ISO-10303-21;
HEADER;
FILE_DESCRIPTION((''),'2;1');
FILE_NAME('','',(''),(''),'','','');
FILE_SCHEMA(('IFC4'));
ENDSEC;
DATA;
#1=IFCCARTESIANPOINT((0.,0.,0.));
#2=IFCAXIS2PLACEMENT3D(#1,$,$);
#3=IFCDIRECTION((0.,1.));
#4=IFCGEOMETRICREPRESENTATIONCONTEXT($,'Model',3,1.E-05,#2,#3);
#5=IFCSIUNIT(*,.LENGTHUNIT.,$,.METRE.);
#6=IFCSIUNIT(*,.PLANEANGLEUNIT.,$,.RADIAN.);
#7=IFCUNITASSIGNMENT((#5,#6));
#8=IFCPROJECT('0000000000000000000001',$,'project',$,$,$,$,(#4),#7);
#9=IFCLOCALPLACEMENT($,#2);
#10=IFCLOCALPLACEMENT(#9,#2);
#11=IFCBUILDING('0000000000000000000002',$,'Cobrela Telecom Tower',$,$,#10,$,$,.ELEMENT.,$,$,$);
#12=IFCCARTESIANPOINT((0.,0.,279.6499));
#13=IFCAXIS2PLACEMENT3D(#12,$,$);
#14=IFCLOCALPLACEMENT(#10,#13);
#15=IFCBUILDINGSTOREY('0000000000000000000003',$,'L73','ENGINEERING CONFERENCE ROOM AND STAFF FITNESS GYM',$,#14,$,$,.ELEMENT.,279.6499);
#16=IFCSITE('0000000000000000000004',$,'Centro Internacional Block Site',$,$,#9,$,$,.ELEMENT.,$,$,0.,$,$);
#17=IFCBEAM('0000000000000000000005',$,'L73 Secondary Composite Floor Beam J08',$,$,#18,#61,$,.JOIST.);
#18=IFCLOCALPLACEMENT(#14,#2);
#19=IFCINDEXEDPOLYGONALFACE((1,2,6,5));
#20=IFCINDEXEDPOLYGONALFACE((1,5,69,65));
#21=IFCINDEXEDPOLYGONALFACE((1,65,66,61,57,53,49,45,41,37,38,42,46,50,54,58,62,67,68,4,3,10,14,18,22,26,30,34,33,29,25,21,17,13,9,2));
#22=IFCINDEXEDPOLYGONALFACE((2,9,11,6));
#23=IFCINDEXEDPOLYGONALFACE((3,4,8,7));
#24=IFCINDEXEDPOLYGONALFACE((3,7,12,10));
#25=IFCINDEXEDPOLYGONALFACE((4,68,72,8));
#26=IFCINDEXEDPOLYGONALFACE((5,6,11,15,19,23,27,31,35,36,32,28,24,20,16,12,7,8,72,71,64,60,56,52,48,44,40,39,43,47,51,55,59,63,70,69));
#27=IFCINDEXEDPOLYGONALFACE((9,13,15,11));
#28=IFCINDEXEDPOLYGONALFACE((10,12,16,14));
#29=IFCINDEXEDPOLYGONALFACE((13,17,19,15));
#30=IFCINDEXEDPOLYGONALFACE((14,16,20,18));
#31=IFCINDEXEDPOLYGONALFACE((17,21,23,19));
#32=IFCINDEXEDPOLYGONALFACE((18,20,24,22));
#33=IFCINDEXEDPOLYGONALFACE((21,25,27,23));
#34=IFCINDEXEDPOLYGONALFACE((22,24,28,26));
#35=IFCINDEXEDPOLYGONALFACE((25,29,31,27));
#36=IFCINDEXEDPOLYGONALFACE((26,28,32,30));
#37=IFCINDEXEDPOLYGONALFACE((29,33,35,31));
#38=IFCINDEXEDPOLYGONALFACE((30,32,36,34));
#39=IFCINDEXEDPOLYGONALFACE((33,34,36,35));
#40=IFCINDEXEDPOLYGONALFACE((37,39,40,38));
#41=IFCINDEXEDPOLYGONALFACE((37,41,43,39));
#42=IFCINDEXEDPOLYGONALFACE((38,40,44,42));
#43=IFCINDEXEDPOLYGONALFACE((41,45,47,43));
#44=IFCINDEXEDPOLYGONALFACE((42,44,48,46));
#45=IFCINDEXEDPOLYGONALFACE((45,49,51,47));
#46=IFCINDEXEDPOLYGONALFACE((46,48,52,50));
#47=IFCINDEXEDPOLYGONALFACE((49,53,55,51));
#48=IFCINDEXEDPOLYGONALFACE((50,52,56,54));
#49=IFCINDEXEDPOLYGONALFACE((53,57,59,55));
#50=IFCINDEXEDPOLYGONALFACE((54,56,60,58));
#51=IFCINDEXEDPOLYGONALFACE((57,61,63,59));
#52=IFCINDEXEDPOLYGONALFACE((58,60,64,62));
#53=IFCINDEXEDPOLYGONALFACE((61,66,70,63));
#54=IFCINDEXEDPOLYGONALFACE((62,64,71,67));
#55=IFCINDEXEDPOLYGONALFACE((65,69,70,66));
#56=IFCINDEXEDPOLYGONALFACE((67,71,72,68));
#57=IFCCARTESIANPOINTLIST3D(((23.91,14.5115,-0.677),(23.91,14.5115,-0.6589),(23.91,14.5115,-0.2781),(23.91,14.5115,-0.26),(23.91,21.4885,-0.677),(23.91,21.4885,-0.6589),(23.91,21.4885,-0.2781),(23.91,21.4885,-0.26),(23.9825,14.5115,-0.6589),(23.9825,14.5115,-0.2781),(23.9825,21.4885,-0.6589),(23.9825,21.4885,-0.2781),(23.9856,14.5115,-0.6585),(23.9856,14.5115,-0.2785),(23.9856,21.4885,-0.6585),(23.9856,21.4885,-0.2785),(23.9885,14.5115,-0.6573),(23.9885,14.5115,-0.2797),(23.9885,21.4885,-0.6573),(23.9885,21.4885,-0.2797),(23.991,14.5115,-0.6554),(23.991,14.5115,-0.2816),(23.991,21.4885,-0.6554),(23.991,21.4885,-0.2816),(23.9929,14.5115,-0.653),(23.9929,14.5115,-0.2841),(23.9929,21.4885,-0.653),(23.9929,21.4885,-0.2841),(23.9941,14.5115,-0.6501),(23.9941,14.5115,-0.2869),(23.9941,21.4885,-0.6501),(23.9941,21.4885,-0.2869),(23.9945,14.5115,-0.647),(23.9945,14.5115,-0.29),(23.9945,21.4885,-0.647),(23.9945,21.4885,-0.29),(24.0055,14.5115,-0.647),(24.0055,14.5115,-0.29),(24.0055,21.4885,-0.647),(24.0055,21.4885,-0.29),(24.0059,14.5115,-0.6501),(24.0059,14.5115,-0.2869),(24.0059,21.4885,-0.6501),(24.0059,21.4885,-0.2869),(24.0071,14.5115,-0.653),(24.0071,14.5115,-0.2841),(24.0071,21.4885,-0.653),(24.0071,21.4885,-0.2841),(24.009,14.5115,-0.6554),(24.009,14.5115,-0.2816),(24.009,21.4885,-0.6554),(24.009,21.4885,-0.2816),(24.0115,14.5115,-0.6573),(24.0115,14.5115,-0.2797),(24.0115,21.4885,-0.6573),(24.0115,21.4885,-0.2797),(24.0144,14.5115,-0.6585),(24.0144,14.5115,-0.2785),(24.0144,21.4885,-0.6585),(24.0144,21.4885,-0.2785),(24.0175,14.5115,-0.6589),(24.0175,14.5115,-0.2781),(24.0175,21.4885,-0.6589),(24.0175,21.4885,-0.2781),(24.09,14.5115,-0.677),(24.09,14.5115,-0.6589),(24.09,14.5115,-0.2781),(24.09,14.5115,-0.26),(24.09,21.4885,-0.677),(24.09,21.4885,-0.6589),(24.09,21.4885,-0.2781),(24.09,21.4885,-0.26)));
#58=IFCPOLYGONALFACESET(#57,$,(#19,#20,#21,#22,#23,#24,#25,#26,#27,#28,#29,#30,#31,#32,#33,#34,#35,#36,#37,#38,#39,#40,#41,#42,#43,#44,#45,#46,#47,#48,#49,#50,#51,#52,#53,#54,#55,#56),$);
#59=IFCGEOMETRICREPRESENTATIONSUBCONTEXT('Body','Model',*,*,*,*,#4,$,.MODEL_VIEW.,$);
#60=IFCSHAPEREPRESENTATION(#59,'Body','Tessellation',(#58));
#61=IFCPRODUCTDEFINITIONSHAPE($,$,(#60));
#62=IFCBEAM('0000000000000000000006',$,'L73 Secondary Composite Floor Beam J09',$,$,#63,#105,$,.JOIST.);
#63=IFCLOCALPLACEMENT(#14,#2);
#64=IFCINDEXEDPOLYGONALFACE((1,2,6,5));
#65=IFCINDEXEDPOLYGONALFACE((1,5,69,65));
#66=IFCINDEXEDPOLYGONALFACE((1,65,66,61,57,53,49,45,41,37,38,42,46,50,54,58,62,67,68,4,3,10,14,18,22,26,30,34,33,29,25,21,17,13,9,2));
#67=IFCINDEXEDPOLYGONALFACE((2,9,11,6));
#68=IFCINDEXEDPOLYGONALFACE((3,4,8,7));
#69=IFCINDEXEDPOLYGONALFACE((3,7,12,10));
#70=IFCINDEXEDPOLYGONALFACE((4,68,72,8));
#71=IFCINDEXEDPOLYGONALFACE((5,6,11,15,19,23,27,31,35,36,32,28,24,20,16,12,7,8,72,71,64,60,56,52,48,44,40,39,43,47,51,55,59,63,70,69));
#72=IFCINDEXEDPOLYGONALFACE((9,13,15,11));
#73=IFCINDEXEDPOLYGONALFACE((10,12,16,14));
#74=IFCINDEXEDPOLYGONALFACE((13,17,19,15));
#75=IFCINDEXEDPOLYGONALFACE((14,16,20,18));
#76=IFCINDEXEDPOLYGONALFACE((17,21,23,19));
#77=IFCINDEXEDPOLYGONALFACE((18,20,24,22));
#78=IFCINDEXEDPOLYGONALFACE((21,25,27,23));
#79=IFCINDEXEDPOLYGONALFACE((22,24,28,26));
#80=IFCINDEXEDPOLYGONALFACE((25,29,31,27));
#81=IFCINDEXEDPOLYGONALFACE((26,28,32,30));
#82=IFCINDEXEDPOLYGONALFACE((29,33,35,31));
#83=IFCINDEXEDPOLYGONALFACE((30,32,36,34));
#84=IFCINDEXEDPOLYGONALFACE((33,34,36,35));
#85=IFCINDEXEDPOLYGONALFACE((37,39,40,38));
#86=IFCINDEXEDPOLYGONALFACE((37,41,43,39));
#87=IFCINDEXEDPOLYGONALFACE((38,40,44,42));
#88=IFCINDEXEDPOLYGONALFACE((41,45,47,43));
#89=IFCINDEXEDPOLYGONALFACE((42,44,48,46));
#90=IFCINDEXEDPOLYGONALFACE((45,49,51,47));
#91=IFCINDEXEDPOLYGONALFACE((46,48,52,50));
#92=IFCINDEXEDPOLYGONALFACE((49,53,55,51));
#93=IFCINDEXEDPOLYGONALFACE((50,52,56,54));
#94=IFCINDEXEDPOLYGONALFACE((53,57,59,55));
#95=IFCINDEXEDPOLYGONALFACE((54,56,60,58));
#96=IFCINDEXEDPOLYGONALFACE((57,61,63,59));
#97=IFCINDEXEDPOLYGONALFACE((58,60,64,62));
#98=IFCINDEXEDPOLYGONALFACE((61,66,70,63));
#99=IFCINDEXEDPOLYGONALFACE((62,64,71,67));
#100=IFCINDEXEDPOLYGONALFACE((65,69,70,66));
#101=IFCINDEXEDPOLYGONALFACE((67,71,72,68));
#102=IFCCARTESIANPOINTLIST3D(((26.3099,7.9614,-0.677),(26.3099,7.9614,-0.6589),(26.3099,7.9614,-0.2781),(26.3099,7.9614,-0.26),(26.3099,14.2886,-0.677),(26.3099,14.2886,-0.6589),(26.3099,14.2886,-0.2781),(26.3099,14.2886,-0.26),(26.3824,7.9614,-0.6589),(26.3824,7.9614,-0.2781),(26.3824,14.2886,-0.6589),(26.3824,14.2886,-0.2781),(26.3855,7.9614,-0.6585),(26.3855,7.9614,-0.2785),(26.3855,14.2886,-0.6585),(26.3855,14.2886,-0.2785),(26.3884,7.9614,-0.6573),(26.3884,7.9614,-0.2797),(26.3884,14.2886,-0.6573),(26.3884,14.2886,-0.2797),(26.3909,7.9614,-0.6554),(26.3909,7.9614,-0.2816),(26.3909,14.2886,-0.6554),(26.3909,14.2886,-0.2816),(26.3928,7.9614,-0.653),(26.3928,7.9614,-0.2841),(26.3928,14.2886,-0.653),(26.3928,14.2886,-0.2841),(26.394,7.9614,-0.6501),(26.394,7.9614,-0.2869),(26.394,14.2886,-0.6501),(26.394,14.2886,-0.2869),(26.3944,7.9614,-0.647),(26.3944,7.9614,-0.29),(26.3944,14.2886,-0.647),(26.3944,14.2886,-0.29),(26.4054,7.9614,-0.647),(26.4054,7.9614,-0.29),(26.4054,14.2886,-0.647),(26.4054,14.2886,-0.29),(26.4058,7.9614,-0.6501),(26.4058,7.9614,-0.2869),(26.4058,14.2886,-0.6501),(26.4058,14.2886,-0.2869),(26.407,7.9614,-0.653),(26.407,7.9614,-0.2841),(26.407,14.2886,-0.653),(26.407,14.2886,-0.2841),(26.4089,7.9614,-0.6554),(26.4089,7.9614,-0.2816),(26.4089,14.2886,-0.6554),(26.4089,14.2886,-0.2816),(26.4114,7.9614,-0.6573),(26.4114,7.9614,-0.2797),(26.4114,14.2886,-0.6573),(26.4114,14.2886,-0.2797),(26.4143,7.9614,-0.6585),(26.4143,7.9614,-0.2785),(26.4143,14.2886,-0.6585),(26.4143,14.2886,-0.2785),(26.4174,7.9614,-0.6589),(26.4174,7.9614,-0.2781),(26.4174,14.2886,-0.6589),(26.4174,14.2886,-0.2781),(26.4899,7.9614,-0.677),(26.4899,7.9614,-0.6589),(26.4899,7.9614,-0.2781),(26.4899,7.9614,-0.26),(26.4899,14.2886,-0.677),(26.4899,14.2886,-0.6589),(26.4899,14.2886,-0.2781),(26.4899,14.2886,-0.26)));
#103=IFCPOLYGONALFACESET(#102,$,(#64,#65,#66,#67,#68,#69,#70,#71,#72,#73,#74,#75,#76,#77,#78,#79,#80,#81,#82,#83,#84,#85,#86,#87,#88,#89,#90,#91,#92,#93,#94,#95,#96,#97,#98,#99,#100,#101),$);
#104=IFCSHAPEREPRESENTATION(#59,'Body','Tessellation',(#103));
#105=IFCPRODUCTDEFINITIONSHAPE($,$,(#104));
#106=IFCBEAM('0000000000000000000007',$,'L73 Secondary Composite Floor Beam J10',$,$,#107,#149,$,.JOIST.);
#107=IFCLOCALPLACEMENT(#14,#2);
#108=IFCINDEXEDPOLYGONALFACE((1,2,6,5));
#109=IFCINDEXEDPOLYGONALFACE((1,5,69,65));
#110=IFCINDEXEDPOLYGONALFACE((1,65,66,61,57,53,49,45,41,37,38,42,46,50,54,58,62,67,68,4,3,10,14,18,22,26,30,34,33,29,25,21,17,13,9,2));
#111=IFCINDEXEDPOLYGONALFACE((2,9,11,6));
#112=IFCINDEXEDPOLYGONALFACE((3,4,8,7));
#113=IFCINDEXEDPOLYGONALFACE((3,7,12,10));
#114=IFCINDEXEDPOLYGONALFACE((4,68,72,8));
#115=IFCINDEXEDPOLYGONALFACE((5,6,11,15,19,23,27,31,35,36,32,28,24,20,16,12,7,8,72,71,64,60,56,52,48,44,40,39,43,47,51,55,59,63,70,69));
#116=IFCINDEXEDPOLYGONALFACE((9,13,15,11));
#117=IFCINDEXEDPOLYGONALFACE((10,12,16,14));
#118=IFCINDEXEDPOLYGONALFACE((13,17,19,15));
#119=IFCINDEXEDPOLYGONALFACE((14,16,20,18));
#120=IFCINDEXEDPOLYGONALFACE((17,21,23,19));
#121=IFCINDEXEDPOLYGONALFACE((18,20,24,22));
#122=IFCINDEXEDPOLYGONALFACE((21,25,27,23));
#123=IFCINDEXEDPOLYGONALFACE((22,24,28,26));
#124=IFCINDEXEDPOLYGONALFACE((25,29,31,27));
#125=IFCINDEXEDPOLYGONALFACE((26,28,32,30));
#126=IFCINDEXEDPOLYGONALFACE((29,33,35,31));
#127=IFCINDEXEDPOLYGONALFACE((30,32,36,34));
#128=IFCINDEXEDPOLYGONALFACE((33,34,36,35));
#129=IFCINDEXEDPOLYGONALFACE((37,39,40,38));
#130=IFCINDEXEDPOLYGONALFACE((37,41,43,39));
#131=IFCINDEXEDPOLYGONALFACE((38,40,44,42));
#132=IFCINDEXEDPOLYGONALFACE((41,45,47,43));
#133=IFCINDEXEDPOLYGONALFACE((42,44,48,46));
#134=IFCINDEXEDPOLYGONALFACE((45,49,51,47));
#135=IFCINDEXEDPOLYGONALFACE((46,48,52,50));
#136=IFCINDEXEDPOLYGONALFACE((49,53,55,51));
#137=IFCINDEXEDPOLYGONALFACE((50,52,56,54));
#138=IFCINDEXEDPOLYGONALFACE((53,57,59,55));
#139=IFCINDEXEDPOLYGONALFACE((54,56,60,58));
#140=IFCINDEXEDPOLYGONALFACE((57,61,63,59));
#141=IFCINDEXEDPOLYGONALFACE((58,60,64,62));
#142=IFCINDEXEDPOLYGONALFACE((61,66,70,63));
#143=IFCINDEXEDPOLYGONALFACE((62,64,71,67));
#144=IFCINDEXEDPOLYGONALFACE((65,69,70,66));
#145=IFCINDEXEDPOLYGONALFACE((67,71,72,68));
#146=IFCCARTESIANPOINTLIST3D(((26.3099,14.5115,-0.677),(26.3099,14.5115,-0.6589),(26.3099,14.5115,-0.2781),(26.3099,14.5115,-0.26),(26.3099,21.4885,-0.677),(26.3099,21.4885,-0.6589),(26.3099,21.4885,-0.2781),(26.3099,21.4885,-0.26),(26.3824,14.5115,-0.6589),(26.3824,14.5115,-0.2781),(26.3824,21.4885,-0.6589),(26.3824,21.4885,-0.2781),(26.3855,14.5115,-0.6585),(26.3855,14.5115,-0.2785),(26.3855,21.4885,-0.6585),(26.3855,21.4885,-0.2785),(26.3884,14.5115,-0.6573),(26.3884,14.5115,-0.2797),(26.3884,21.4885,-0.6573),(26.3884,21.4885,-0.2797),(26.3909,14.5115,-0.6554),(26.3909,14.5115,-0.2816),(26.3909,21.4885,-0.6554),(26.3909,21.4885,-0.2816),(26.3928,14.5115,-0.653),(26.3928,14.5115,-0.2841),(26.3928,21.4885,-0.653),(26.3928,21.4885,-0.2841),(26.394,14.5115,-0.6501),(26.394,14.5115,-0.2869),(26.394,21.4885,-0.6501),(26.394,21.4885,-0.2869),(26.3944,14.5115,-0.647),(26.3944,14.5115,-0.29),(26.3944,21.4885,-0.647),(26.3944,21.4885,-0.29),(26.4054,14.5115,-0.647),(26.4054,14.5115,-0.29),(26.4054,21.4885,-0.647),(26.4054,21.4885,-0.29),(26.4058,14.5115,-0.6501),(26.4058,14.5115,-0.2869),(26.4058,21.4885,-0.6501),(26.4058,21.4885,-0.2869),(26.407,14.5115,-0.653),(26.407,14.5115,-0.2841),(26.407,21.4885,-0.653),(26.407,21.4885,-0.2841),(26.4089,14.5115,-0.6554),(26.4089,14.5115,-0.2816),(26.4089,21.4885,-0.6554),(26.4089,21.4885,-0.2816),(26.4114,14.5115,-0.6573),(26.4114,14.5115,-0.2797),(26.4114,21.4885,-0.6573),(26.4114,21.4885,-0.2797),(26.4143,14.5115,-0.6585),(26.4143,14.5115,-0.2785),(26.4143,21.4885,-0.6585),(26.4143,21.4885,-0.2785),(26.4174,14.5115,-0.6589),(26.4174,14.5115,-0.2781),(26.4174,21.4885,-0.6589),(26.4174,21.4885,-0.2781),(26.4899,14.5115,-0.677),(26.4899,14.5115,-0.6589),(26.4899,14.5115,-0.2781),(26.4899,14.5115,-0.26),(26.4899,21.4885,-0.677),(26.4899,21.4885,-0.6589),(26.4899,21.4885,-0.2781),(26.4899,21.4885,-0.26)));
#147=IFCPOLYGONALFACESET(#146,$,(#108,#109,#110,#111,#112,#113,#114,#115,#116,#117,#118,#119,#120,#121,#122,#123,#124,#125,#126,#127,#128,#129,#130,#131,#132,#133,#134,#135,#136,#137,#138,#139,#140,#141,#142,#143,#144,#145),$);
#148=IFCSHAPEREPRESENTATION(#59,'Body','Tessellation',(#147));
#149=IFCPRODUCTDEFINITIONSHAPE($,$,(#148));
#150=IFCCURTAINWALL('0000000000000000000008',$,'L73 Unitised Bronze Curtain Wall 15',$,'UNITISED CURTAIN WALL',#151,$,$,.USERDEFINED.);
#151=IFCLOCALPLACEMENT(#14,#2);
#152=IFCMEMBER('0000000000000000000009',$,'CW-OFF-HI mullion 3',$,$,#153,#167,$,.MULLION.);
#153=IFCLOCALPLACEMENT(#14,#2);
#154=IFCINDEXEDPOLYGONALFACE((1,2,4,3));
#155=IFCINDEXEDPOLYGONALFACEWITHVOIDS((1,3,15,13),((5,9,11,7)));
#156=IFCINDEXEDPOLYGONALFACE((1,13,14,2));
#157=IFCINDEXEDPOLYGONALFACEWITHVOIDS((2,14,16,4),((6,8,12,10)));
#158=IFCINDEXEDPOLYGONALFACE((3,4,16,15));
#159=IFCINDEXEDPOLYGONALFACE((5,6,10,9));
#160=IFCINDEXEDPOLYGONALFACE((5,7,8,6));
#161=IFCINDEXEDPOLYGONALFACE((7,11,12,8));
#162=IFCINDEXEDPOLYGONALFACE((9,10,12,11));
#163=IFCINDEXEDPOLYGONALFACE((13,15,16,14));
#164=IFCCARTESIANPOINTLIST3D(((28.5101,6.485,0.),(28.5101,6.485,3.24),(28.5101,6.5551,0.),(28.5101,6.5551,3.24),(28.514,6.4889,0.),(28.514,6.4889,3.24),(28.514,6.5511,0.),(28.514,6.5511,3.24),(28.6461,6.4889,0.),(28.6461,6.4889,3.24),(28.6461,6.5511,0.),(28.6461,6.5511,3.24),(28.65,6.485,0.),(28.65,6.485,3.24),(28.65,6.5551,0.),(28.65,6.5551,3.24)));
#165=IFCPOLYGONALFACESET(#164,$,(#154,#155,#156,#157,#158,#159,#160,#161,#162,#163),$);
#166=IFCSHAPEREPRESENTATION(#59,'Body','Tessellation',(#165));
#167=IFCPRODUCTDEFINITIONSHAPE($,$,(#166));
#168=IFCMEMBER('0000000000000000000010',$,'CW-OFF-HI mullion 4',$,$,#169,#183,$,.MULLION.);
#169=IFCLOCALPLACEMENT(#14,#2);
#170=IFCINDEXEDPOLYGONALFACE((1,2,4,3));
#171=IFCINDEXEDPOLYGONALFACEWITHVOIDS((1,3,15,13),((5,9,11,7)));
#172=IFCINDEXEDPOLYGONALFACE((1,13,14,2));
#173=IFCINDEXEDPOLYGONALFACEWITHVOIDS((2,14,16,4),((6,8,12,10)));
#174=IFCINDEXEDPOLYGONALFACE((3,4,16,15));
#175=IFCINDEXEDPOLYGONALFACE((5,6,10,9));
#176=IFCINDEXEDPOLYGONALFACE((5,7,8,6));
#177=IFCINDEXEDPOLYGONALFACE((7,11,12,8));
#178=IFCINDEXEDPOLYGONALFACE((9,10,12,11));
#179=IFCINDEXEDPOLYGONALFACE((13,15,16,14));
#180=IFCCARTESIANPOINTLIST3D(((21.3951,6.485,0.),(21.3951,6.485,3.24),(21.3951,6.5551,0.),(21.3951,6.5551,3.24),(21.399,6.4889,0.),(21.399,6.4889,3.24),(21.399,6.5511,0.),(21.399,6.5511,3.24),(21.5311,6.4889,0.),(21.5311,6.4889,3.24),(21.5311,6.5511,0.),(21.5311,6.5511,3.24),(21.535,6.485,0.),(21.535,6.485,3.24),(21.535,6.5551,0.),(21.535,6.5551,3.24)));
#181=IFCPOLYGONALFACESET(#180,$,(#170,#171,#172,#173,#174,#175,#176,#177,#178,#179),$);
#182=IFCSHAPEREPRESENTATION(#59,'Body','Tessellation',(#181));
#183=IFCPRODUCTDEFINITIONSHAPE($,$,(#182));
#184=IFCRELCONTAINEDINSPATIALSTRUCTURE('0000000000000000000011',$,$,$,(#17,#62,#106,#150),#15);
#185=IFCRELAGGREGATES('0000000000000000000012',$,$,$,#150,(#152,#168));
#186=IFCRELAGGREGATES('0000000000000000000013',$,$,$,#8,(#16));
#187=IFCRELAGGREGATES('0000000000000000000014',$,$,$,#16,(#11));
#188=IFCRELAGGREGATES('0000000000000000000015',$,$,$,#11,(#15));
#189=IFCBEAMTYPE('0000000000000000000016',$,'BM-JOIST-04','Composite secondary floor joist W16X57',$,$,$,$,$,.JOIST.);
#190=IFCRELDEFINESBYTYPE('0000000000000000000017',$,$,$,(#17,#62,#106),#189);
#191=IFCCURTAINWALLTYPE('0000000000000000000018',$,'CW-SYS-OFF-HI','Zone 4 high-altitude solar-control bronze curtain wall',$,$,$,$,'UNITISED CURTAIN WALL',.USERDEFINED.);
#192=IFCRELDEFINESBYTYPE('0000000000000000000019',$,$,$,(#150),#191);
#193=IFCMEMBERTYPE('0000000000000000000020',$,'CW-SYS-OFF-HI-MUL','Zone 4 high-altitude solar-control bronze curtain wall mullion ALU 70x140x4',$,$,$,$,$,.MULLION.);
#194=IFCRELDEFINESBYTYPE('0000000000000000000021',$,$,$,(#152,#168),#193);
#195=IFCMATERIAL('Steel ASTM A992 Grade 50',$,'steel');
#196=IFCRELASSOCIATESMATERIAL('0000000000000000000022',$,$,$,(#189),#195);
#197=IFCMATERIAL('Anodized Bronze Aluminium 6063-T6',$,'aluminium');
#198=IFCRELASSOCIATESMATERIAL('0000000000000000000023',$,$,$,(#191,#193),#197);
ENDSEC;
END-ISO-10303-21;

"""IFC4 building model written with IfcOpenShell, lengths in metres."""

from ifc_helpers import new_model, si_unit, direction, frame, origin, origin_2d, place, context, subcontext, project, spatial, hollow_rectangle, i_section, extrude, material, material_profile, profile_set, type_object, element, aggregate, save


model = new_model("IFC4")

# Units and contexts
model_context = context("Model", 3, precision=1e-05, world=origin(), true_north=direction((0.0, 1.0)))
body_context = subcontext(model_context, "Body", "Model", "MODEL_VIEW")
ifc_project = project(units=[si_unit("LENGTHUNIT", "METRE"), si_unit("PLANEANGLEUNIT", "RADIAN")], contexts=[model_context])

# Site, building, storey
site_placement = place(None, origin())
site = spatial("IfcSite", under=ifc_project, at=site_placement, Name="Centro Internacional Block Site", CompositionType="ELEMENT", RefElevation=0.0)
building_placement = place(site_placement, origin())
building = spatial("IfcBuilding", under=site, at=building_placement, Name="Cobrela Telecom Tower", CompositionType="ELEMENT")
storey_placement = place(building_placement, frame((0.0, 0.0, 279.6499)))
storey = spatial("IfcBuildingStorey", under=building, at=storey_placement, Name="L73", Description="ENGINEERING CONFERENCE ROOM AND STAFF FITNESS GYM", CompositionType="ELEMENT", Elevation=279.6499)

# Shared definitions
ifc_material_1 = material(Name="Steel ASTM A992 Grade 50", Category="steel")

# Beams
ifc_material_profile_1 = material_profile(ifc_material_1, i_section(OverallWidth=0.1799, OverallDepth=0.417, WebThickness=0.011, FlangeThickness=0.0181, FilletRadius=0.012, at=origin_2d()), Name="W16X57")
ifc_profile_set_1 = profile_set([ifc_material_profile_1], Name="Steel ASTM A992 Grade 50")
beam_type_1 = type_object("IfcBeamType", Name="BM-JOIST-04", Description="Composite secondary floor joist W16X57", PredefinedType="JOIST", material=ifc_profile_set_1)
beam_1_placement = place(storey_placement, frame((24.0, 14.5115, -0.4685), z_axis=(0.0, 1.0, 0.0), x_axis=(-1.0, 0.0, 0.0)))
element("IfcBeam", 1, at=beam_1_placement, inside=storey, type_object=beam_type_1, Name="L73 Secondary Composite Floor Beam J08", PredefinedType="JOIST", context=body_context, shape_type="SweptSolid", body=[
    extrude(i_section(OverallWidth=0.1799, OverallDepth=0.417, WebThickness=0.011, FlangeThickness=0.0181, FilletRadius=0.012, at=origin_2d()), origin(), (0.0, 0.0, 1.0), 6.9771),
])
beam_2_placement = place(storey_placement, frame((26.3999, 7.9614, -0.4685), z_axis=(0.0, 1.0, 0.0), x_axis=(-1.0, 0.0, 0.0)))
element("IfcBeam", 2, at=beam_2_placement, inside=storey, type_object=beam_type_1, Name="L73 Secondary Composite Floor Beam J09", PredefinedType="JOIST", context=body_context, shape_type="SweptSolid", body=[
    extrude(i_section(OverallWidth=0.1799, OverallDepth=0.417, WebThickness=0.011, FlangeThickness=0.0181, FilletRadius=0.012, at=origin_2d()), origin(), (0.0, 0.0, 1.0), 6.3271),
])
beam_3_placement = place(storey_placement, frame((26.3999, 14.5115, -0.4685), z_axis=(0.0, 1.0, 0.0), x_axis=(-1.0, 0.0, 0.0)))
element("IfcBeam", 3, at=beam_3_placement, inside=storey, type_object=beam_type_1, Name="L73 Secondary Composite Floor Beam J10", PredefinedType="JOIST", context=body_context, shape_type="SweptSolid", body=[
    extrude(i_section(OverallWidth=0.1799, OverallDepth=0.417, WebThickness=0.011, FlangeThickness=0.0181, FilletRadius=0.012, at=origin_2d()), origin(), (0.0, 0.0, 1.0), 6.9771),
])

# Curtain wall, members
ifc_material_2 = material(Name="Anodized Bronze Aluminium 6063-T6", Category="aluminium")
curtain_wall_type = type_object("IfcCurtainWallType", Name="CW-SYS-OFF-HI", Description="Zone 4 high-altitude solar-control bronze curtain wall", ElementType="UNITISED CURTAIN WALL", PredefinedType="USERDEFINED", material=ifc_material_2)
curtain_wall_placement = place(storey_placement, origin())
curtain_wall = element("IfcCurtainWall", 4, at=curtain_wall_placement, inside=storey, type_object=curtain_wall_type, Name="L73 Unitised Bronze Curtain Wall 15", ObjectType="UNITISED CURTAIN WALL", PredefinedType="USERDEFINED")
ifc_material_profile_2 = material_profile(ifc_material_2, hollow_rectangle(XDim=0.0701, YDim=0.1399, WallThickness=0.0039, at=origin_2d()), Name="ALU 70x140x4")
ifc_profile_set_2 = profile_set([ifc_material_profile_2], Name="Anodized Bronze Aluminium 6063-T6")
member_type_1 = type_object("IfcMemberType", Name="CW-SYS-OFF-HI-MUL", Description="Zone 4 high-altitude solar-control bronze curtain wall mullion ALU 70x140x4", PredefinedType="MULLION", material=ifc_profile_set_2)
member_1_placement = place(storey_placement, frame((28.5801, 6.52, 0.0), z_axis=(0.0, 0.0, 1.0), x_axis=(0.0, -1.0, 0.0)))
member_1 = element("IfcMember", 5, at=member_1_placement, type_object=member_type_1, Name="CW-OFF-HI mullion 3", PredefinedType="MULLION", context=body_context, shape_type="SweptSolid", body=[
    extrude(hollow_rectangle(XDim=0.0701, YDim=0.1399, WallThickness=0.0039, at=origin_2d()), origin(), (0.0, 0.0, 1.0), 3.24),
])
member_2_placement = place(storey_placement, frame((21.4651, 6.52, 0.0), z_axis=(0.0, 0.0, 1.0), x_axis=(0.0, -1.0, 0.0)))
member_2 = element("IfcMember", 6, at=member_2_placement, type_object=member_type_1, Name="CW-OFF-HI mullion 4", PredefinedType="MULLION", context=body_context, shape_type="SweptSolid", body=[
    extrude(hollow_rectangle(XDim=0.0701, YDim=0.1399, WallThickness=0.0039, at=origin_2d()), origin(), (0.0, 0.0, 1.0), 3.24),
])
aggregate(curtain_wall, [member_1, member_2])

save(model, "model.ifc")
